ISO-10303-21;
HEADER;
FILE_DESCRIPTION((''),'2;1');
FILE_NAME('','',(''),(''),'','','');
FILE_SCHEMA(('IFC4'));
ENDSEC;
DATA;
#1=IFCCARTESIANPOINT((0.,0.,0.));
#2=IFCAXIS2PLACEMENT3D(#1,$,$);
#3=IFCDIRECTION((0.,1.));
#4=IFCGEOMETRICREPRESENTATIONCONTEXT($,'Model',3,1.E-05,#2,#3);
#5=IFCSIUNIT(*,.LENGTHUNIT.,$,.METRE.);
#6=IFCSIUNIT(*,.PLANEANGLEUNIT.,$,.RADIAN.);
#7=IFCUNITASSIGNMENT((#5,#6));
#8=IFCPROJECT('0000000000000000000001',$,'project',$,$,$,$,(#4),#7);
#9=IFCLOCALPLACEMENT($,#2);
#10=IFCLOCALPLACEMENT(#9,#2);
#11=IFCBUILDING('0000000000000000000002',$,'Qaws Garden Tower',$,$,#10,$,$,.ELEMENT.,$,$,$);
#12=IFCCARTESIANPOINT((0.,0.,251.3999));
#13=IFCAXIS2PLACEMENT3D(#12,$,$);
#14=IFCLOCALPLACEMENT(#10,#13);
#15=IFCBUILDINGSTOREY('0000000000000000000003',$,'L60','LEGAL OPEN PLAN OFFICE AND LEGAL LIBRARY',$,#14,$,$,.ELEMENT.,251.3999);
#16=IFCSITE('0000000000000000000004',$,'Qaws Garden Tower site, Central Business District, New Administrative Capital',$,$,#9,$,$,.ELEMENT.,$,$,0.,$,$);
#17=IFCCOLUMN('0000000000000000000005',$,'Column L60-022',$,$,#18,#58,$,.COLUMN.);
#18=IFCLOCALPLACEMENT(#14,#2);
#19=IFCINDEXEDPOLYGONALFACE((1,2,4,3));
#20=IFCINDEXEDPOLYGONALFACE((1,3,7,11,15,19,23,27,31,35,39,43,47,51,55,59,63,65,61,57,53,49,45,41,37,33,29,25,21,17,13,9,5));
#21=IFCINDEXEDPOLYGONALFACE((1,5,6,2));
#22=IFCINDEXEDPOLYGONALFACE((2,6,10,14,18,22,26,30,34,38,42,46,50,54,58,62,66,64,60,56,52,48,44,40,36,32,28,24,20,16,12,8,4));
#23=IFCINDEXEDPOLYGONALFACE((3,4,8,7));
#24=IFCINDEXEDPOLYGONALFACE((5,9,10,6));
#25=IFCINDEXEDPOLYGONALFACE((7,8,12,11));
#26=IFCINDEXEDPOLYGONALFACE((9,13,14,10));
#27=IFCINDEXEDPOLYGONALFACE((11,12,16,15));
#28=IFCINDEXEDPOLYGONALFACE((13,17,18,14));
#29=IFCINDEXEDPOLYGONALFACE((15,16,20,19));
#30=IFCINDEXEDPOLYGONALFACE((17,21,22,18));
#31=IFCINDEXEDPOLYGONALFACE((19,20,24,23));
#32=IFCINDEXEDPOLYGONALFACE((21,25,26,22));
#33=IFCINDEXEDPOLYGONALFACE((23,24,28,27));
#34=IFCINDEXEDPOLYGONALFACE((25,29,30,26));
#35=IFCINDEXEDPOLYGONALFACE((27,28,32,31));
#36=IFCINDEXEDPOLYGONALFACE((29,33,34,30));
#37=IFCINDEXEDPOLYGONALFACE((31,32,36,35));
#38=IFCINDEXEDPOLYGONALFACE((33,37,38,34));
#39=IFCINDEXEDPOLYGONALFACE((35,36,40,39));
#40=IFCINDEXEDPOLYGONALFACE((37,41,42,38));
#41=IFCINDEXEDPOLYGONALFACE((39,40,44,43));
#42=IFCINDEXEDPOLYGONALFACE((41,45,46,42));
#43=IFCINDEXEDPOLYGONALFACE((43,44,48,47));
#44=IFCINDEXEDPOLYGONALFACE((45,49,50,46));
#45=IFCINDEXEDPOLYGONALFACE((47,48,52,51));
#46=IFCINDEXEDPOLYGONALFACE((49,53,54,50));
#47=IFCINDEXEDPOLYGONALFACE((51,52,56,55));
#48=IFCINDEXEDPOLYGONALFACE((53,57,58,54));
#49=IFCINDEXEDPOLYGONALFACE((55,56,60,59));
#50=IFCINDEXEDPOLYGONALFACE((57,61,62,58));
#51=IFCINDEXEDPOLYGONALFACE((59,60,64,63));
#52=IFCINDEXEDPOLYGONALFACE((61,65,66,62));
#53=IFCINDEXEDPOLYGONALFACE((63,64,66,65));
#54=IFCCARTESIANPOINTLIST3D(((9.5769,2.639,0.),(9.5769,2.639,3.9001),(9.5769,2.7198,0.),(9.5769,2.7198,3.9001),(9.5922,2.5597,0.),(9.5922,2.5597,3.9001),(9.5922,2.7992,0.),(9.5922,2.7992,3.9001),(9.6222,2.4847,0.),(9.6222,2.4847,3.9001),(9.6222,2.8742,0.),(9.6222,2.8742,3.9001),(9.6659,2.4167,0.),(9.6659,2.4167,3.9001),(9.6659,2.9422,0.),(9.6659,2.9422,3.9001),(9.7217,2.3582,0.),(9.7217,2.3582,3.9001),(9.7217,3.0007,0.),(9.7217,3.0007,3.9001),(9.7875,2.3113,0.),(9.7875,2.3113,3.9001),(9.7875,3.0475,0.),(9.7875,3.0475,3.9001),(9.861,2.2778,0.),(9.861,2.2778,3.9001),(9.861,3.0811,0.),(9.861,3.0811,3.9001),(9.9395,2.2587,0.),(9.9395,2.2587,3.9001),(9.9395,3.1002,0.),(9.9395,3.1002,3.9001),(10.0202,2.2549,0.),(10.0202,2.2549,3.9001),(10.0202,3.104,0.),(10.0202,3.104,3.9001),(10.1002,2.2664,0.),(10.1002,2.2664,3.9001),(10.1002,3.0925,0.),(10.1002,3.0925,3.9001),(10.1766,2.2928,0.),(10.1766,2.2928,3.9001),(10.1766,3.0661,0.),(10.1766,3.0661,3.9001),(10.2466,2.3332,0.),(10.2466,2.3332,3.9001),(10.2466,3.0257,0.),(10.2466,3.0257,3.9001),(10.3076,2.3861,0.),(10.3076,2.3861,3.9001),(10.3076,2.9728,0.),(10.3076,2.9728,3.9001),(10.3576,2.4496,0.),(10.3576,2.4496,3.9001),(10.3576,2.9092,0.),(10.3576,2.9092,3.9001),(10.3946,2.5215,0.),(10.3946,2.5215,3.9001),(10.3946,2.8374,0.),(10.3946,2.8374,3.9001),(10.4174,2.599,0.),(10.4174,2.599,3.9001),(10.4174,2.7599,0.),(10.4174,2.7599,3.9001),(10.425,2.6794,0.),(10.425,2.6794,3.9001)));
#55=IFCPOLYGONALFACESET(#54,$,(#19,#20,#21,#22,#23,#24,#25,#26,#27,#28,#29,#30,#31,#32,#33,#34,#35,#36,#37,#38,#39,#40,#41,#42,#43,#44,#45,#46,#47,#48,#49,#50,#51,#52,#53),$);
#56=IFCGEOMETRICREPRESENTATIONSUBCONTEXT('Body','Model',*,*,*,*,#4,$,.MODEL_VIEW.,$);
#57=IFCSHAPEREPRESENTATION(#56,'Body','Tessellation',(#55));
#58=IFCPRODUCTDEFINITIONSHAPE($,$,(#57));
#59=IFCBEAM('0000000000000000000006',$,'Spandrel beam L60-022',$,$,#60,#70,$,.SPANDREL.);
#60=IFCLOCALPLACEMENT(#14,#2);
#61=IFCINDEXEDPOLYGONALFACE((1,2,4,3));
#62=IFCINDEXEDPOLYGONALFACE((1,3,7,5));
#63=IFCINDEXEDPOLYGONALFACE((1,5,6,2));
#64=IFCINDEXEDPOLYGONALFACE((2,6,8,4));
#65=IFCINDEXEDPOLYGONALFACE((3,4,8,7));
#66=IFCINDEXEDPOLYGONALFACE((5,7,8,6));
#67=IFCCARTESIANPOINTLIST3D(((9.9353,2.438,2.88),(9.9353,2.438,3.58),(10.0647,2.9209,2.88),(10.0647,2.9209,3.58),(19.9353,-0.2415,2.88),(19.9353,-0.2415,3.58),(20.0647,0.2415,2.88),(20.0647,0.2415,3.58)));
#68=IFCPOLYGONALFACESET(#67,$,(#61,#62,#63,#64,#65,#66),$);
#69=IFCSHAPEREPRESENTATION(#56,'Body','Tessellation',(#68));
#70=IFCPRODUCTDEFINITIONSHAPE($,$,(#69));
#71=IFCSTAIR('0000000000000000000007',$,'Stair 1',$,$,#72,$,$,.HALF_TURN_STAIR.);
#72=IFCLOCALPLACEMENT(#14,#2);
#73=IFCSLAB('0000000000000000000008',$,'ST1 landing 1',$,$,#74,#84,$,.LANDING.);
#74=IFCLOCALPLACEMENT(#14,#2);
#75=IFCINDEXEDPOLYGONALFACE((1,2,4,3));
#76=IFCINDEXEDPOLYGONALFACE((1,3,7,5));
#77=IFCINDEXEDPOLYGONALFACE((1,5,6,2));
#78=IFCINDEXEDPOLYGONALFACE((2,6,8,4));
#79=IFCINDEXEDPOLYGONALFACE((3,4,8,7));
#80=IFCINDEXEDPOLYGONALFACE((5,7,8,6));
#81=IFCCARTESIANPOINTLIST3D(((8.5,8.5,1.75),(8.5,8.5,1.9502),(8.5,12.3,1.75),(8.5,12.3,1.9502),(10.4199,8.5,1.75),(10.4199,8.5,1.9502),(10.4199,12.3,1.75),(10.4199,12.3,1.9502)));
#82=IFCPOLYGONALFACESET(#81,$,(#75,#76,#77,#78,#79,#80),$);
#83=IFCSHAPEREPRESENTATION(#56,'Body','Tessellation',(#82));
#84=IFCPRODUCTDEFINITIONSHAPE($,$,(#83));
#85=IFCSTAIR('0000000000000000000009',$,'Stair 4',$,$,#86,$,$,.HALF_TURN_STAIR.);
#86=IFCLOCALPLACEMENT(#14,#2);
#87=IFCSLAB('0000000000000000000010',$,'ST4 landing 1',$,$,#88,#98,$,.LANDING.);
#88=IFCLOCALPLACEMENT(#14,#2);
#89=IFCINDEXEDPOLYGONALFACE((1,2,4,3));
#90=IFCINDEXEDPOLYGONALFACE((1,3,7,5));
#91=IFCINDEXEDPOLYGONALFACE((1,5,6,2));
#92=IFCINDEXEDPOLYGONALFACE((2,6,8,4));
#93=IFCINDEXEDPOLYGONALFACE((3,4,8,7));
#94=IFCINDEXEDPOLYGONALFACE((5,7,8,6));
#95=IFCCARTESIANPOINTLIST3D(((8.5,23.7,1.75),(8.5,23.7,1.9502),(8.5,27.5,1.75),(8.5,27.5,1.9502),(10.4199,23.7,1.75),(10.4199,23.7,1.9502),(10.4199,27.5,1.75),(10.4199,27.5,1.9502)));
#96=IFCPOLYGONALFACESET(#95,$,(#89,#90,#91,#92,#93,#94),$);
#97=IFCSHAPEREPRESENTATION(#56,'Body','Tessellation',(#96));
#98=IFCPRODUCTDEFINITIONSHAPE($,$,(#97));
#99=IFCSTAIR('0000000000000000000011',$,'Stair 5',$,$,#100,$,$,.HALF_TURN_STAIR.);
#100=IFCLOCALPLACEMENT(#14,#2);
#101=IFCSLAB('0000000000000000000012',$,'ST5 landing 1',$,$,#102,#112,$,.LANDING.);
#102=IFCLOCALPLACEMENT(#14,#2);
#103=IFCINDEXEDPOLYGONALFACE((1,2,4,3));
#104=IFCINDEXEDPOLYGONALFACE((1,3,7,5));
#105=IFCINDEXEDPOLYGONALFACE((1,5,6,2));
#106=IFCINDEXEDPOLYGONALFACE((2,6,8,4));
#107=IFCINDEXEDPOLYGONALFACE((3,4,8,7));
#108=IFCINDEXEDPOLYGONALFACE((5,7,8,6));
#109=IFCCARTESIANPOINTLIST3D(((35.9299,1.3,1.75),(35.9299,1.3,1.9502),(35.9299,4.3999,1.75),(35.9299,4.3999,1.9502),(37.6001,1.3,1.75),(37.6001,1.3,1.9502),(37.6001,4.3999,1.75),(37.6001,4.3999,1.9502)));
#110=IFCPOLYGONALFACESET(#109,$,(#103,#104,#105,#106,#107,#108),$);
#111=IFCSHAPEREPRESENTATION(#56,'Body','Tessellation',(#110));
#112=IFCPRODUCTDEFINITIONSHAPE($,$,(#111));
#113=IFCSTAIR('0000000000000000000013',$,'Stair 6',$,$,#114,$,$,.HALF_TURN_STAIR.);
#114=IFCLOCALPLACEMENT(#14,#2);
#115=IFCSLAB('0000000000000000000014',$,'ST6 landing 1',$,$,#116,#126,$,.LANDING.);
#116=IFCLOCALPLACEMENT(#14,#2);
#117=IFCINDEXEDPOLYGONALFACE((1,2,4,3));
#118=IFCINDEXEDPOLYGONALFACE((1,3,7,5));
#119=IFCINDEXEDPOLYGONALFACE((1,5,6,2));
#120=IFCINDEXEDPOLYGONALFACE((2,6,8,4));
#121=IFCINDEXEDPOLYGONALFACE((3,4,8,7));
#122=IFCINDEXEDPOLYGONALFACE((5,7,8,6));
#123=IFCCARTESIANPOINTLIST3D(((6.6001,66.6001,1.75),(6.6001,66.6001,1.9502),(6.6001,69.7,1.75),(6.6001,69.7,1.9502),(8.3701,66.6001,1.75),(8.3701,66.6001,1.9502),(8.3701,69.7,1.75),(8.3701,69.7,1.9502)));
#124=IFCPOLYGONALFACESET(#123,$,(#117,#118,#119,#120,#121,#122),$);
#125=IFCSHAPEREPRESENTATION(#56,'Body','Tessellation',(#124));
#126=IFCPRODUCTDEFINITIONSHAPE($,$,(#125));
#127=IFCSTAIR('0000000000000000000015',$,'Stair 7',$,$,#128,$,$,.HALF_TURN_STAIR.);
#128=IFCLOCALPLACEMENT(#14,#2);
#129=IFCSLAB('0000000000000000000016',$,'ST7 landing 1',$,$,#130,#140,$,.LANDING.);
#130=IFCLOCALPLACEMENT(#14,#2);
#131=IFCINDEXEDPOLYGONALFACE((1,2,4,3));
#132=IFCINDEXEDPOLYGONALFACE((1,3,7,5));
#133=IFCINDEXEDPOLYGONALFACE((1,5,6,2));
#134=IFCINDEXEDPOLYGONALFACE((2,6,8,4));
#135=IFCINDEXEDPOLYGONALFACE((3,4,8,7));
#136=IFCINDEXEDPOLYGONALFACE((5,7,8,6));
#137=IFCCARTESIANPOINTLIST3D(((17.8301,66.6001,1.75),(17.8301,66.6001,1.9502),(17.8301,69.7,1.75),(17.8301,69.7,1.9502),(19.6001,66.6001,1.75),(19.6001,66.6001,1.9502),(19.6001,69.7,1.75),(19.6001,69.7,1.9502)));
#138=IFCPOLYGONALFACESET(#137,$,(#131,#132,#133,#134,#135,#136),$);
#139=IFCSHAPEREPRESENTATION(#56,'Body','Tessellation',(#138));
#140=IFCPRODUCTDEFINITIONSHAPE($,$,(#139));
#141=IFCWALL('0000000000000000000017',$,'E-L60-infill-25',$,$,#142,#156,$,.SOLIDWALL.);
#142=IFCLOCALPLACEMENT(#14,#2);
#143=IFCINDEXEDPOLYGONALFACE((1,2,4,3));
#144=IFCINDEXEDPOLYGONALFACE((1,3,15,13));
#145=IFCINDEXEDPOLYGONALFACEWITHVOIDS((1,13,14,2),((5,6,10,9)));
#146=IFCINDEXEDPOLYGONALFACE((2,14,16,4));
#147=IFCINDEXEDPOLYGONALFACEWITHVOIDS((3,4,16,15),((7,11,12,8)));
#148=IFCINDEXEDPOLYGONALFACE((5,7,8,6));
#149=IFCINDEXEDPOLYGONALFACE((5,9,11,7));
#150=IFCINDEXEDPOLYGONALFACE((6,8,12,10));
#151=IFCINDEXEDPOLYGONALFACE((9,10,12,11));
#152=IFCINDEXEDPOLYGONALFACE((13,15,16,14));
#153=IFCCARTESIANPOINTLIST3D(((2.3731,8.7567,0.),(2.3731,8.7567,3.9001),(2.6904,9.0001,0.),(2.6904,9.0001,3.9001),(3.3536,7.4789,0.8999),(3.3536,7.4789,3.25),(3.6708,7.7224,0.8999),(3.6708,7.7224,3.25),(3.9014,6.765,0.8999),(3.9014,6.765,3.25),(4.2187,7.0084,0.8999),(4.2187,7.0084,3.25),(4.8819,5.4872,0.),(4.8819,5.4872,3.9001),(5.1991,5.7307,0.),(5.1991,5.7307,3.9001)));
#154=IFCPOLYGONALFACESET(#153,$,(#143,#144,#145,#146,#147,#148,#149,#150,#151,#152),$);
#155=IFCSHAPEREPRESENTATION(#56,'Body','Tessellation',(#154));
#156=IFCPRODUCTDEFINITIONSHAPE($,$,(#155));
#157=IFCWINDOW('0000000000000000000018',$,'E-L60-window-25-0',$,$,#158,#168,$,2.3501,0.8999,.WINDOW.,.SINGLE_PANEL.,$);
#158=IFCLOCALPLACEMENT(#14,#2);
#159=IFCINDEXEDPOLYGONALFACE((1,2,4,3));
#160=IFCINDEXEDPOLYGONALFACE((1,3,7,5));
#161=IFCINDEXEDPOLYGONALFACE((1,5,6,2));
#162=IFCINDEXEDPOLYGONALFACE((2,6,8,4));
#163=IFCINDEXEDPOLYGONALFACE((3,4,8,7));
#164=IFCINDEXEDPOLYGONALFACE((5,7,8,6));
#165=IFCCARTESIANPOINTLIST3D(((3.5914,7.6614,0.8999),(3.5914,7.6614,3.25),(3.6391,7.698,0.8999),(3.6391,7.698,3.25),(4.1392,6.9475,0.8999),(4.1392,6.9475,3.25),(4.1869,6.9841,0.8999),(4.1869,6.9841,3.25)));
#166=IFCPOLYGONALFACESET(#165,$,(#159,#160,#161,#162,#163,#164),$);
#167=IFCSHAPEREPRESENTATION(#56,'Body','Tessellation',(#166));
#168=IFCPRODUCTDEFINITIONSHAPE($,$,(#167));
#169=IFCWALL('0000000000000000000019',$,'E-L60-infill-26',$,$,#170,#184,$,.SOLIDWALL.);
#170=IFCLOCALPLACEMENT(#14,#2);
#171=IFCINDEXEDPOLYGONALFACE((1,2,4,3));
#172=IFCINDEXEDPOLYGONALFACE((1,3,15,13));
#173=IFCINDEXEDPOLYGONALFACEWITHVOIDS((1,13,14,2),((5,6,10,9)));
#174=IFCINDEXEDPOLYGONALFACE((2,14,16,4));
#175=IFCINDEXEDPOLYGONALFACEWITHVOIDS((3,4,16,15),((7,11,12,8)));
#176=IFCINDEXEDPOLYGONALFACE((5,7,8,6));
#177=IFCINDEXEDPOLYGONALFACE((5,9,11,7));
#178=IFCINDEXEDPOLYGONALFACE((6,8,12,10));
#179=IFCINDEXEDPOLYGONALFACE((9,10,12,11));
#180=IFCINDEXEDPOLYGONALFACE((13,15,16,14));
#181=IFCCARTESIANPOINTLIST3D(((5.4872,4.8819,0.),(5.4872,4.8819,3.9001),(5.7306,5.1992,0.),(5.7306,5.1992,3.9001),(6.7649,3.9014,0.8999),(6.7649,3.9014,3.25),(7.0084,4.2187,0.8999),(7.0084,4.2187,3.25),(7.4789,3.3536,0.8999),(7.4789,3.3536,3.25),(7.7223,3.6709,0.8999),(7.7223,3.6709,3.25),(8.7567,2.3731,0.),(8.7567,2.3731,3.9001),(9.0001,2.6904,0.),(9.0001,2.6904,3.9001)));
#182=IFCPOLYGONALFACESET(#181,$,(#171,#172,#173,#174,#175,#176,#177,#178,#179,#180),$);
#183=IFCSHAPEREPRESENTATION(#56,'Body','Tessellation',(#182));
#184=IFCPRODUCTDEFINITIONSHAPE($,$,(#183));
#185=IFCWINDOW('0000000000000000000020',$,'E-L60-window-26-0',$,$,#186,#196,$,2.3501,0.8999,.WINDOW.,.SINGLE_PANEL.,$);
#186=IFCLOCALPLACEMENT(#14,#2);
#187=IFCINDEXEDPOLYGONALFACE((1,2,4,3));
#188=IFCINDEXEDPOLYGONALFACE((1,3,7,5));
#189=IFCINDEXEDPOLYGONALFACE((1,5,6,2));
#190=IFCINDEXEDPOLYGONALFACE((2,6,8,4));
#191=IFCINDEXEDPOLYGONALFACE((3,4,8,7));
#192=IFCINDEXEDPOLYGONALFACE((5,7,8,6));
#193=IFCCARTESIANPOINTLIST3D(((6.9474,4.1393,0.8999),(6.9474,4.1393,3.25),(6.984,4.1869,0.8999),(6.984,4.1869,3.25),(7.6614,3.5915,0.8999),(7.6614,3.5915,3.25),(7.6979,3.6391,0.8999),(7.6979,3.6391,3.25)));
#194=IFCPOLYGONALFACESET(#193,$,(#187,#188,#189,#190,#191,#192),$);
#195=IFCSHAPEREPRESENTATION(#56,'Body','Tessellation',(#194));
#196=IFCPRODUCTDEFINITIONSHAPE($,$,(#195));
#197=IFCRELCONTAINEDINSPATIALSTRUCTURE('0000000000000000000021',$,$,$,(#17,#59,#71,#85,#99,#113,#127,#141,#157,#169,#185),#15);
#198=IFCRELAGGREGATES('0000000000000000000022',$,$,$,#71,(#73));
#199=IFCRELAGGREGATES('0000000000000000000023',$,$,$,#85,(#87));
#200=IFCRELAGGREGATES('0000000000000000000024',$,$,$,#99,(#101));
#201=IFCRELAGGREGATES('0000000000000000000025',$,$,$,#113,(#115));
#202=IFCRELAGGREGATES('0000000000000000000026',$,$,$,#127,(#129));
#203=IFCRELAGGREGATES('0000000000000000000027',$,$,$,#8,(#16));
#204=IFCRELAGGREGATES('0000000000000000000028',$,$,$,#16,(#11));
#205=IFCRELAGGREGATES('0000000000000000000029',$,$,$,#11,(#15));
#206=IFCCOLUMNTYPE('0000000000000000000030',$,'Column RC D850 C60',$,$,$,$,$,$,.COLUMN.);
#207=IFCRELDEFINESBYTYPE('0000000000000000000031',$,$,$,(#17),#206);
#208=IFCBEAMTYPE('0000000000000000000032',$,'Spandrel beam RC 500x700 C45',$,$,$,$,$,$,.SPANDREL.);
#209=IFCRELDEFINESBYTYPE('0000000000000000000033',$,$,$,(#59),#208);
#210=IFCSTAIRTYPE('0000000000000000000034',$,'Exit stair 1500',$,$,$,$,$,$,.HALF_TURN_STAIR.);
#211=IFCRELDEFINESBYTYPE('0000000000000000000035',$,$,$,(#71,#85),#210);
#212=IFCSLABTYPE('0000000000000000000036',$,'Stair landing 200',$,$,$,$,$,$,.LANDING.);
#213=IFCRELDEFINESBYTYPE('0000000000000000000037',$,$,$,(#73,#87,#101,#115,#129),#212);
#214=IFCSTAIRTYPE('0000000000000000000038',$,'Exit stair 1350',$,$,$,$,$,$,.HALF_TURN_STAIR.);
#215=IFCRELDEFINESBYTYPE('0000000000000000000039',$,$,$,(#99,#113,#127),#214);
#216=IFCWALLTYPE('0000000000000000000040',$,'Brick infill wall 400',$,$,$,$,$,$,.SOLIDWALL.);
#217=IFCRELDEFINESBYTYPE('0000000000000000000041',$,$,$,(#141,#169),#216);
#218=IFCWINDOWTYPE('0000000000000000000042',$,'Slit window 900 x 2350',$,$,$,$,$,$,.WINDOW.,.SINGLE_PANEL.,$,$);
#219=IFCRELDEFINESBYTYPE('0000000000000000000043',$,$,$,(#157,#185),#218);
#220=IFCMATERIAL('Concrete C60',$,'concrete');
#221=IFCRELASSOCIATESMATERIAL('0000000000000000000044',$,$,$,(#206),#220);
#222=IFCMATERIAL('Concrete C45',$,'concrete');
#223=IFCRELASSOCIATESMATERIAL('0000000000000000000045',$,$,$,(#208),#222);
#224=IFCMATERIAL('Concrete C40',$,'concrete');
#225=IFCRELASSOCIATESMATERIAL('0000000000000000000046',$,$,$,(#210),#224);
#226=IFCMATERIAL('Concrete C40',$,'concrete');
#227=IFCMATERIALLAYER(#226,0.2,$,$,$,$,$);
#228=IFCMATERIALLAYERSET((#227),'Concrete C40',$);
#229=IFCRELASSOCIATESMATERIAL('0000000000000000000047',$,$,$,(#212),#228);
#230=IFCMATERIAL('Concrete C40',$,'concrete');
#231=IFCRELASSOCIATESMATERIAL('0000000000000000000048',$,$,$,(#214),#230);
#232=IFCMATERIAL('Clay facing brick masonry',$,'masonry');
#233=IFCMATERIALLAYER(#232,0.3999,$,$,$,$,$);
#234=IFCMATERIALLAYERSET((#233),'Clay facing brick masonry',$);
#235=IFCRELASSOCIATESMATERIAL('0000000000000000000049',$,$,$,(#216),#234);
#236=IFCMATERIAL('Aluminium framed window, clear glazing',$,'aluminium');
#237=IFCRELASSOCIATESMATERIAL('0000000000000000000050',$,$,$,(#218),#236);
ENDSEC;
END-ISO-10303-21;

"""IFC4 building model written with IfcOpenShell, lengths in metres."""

from ifc_helpers import new_model, si_unit, direction, frame, frame_2d, origin, origin_2d, place, context, subcontext, project, spatial, polyline, rectangle, circle, outline, extrude, material, layer, layer_set, material_profile, profile_set, type_object, element, fill, aggregate, save


model = new_model("IFC4")

# Units and contexts
model_context = context("Model", 3, precision=1e-05, world=origin(), true_north=direction((0.0, 1.0)))
body_context = subcontext(model_context, "Body", "Model", "MODEL_VIEW")
ifc_project = project(units=[si_unit("LENGTHUNIT", "METRE"), si_unit("PLANEANGLEUNIT", "RADIAN")], contexts=[model_context])

# Site, building, storey
site_placement = place(None, origin())
site = spatial("IfcSite", under=ifc_project, at=site_placement, Name="Qaws Garden Tower site, Central Business District, New Administrative Capital", CompositionType="ELEMENT", RefElevation=0.0)
building_placement = place(site_placement, origin())
building = spatial("IfcBuilding", under=site, at=building_placement, Name="Qaws Garden Tower", CompositionType="ELEMENT")
storey_placement = place(building_placement, frame((0.0, 0.0, 251.3999)))
storey = spatial("IfcBuildingStorey", under=building, at=storey_placement, Name="L60", Description="LEGAL OPEN PLAN OFFICE AND LEGAL LIBRARY", CompositionType="ELEMENT", Elevation=251.3999)

# Column
ifc_material_1 = material(Name="Concrete C60", Category="concrete")
ifc_material_profile_1 = material_profile(ifc_material_1, circle(Radius=0.425, at=origin_2d()), Name="RC D850")
ifc_profile_set_1 = profile_set([ifc_material_profile_1], Name="Concrete C60")
column_type = type_object("IfcColumnType", Name="Column RC D850 C60", PredefinedType="COLUMN", material=ifc_profile_set_1)
column_placement = place(storey_placement, frame((10.0, 2.6794, 0.0), z_axis=(0.0, 0.0, 1.0), x_axis=(1.0, 0.0, 0.0)))
element("IfcColumn", 1, at=column_placement, inside=storey, type_object=column_type, Name="Column L60-022", PredefinedType="COLUMN", context=body_context, shape_type="SweptSolid", body=[
    extrude(circle(Radius=0.425, at=origin_2d()), origin(), (0.0, 0.0, 1.0), 3.9001),
])

# Beam
ifc_material_2 = material(Name="Concrete C45", Category="concrete")
ifc_material_profile_2 = material_profile(ifc_material_2, rectangle(XDim=0.5, YDim=0.7, at=origin_2d()), Name="RC 500x700")
ifc_profile_set_2 = profile_set([ifc_material_profile_2], Name="Concrete C45")
beam_type = type_object("IfcBeamType", Name="Spandrel beam RC 500x700 C45", PredefinedType="SPANDREL", material=ifc_profile_set_2)
beam_placement = place(storey_placement, frame((10.0, 2.6794, 3.23), z_axis=(0.965927, -0.258815, 0.0), x_axis=(0.258815, 0.965927, 0.0)))
element("IfcBeam", 2, at=beam_placement, inside=storey, type_object=beam_type, Name="Spandrel beam L60-022", PredefinedType="SPANDREL", context=body_context, shape_type="SweptSolid", body=[
    extrude(rectangle(XDim=0.5, YDim=0.7, at=origin_2d()), origin(), (0.0, 0.0, 1.0), 10.3528),
])

# Stairs, slabs
ifc_material_3 = material(Name="Concrete C40", Category="concrete")
stair_type_1 = type_object("IfcStairType", Name="Exit stair 1500", PredefinedType="HALF_TURN_STAIR", material=ifc_material_3)
placement_1 = place(storey_placement, origin())
stair_1 = element("IfcStair", 3, at=placement_1, inside=storey, type_object=stair_type_1, Name="Stair 1", PredefinedType="HALF_TURN_STAIR")
ifc_material_4 = material(Name="Concrete C40", Category="concrete")
ifc_layer_1 = layer(ifc_material_4, 0.2)
ifc_layer_set_1 = layer_set([ifc_layer_1], Name="Concrete C40")
slab_type = type_object("IfcSlabType", Name="Stair landing 200", PredefinedType="LANDING", material=ifc_layer_set_1)
placement_2 = place(storey_placement, frame((0.0, 0.0, 1.75)))
slab_1 = element("IfcSlab", 4, at=placement_2, type_object=slab_type, Name="ST1 landing 1", PredefinedType="LANDING", context=body_context, shape_type="SweptSolid", body=[
    extrude(outline(polyline([(8.5, 8.5), (10.4199, 8.5), (10.4199, 12.3), (8.5, 12.3), (8.5, 8.5)])), origin(), (0.0, 0.0, 1.0), 0.2002),
])
aggregate(stair_1, [slab_1])
stair_2 = element("IfcStair", 5, at=placement_1, inside=storey, type_object=stair_type_1, Name="Stair 4", PredefinedType="HALF_TURN_STAIR")
slab_2 = element("IfcSlab", 6, at=placement_2, type_object=slab_type, Name="ST4 landing 1", PredefinedType="LANDING", context=body_context, shape_type="SweptSolid", body=[
    extrude(outline(polyline([(8.5, 23.7), (10.4199, 23.7), (10.4199, 27.5), (8.5, 27.5), (8.5, 23.7)])), origin(), (0.0, 0.0, 1.0), 0.2002),
])
aggregate(stair_2, [slab_2])
ifc_material_5 = material(Name="Concrete C40", Category="concrete")
stair_type_2 = type_object("IfcStairType", Name="Exit stair 1350", PredefinedType="HALF_TURN_STAIR", material=ifc_material_5)
stair_3 = element("IfcStair", 7, at=placement_1, inside=storey, type_object=stair_type_2, Name="Stair 5", PredefinedType="HALF_TURN_STAIR")
slab_3 = element("IfcSlab", 8, at=placement_2, type_object=slab_type, Name="ST5 landing 1", PredefinedType="LANDING", context=body_context, shape_type="SweptSolid", body=[
    extrude(outline(polyline([(35.9299, 1.3), (37.6001, 1.3), (37.6001, 4.3999), (35.9299, 4.3999), (35.9299, 1.3)])), origin(), (0.0, 0.0, 1.0), 0.2002),
])
aggregate(stair_3, [slab_3])
stair_4 = element("IfcStair", 9, at=placement_1, inside=storey, type_object=stair_type_2, Name="Stair 6", PredefinedType="HALF_TURN_STAIR")
slab_4 = element("IfcSlab", 10, at=placement_2, type_object=slab_type, Name="ST6 landing 1", PredefinedType="LANDING", context=body_context, shape_type="SweptSolid", body=[
    extrude(outline(polyline([(6.6001, 66.6001), (8.3701, 66.6001), (8.3701, 69.7), (6.6001, 69.7), (6.6001, 66.6001)])), origin(), (0.0, 0.0, 1.0), 0.2002),
])
aggregate(stair_4, [slab_4])
stair_5 = element("IfcStair", 11, at=placement_1, inside=storey, type_object=stair_type_2, Name="Stair 7", PredefinedType="HALF_TURN_STAIR")
slab_5 = element("IfcSlab", 12, at=placement_2, type_object=slab_type, Name="ST7 landing 1", PredefinedType="LANDING", context=body_context, shape_type="SweptSolid", body=[
    extrude(outline(polyline([(17.8301, 66.6001), (19.6001, 66.6001), (19.6001, 69.7), (17.8301, 69.7), (17.8301, 66.6001)])), origin(), (0.0, 0.0, 1.0), 0.2002),
])
aggregate(stair_5, [slab_5])

# Walls, openings, windows
ifc_material_6 = material(Name="Clay facing brick masonry", Category="masonry")
ifc_layer_2 = layer(ifc_material_6, 0.3999)
ifc_layer_set_2 = layer_set([ifc_layer_2], Name="Clay facing brick masonry")
wall_type_1 = type_object("IfcWallType", Name="Brick infill wall 400", PredefinedType="SOLIDWALL", material=ifc_layer_set_2)
wall_1_placement = place(storey_placement, frame((2.5317, 8.8784, 0.0), z_axis=(0.0, 0.0, 1.0), x_axis=(0.60876, -0.793355, 0.0)))
wall_1 = element("IfcWall", 13, at=wall_1_placement, inside=storey, type_object=wall_type_1, Name="E-L60-infill-25", PredefinedType="SOLIDWALL", context=body_context, shape_type="SweptSolid", body=[
    extrude(rectangle(XDim=4.1211, YDim=0.3999, at=frame_2d((2.0605, 0.0))), origin(), (0.0, 0.0, 1.0), 3.9001),
])
opening_1_placement = place(wall_1_placement, frame((1.6106, 0.0, 0.8999)))
opening_1 = element("IfcOpeningElement", 14, at=opening_1_placement, cuts=wall_1, PredefinedType="OPENING", context=body_context, shape_type="SweptSolid", body=[
    extrude(rectangle(XDim=0.8999, YDim=2.3501, at=frame_2d((0.45, 1.175))), frame((0.0, 0.21, 0.0), z_axis=(0.0, -1.0, 0.0), x_axis=(1.0, 0.0, 0.0)), (0.0, 0.0, 1.0), 0.4199),
])
ifc_material_7 = material(Name="Aluminium framed window, clear glazing", Category="aluminium")
window_type = type_object("IfcWindowType", Name="Slit window 900 x 2350", PartitioningType="SINGLE_PANEL", PredefinedType="WINDOW", material=ifc_material_7)
window_1_placement = place(opening_1_placement, origin())
window_1 = element("IfcWindow", 15, at=window_1_placement, inside=storey, type_object=window_type, Name="E-L60-window-25-0", OverallHeight=2.3501, OverallWidth=0.8999, PartitioningType="SINGLE_PANEL", PredefinedType="WINDOW", context=body_context, shape_type="SweptSolid", body=[
    extrude(rectangle(XDim=0.8999, YDim=2.3501, at=frame_2d((0.45, 1.175))), frame((0.0, 0.1599, 0.0), z_axis=(0.0, -1.0, 0.0), x_axis=(1.0, 0.0, 0.0)), (0.0, 0.0, 1.0), 0.0601),
])
fill(opening_1, window_1)
wall_2_placement = place(storey_placement, frame((5.6089, 5.0405, 0.0), z_axis=(0.0, 0.0, 1.0), x_axis=(0.793355, -0.60876, 0.0)))
wall_2 = element("IfcWall", 16, at=wall_2_placement, inside=storey, type_object=wall_type_1, Name="E-L60-infill-26", PredefinedType="SOLIDWALL", context=body_context, shape_type="SweptSolid", body=[
    extrude(rectangle(XDim=4.1211, YDim=0.3999, at=frame_2d((2.0605, 0.0))), origin(), (0.0, 0.0, 1.0), 3.9001),
])
opening_2_placement = place(wall_2_placement, frame((1.6106, 0.0, 0.8999)))
opening_2 = element("IfcOpeningElement", 17, at=opening_2_placement, cuts=wall_2, PredefinedType="OPENING", context=body_context, shape_type="SweptSolid", body=[
    extrude(rectangle(XDim=0.8999, YDim=2.3501, at=frame_2d((0.45, 1.175))), frame((0.0, 0.21, 0.0), z_axis=(0.0, -1.0, 0.0), x_axis=(1.0, 0.0, 0.0)), (0.0, 0.0, 1.0), 0.4199),
])
window_2_placement = place(opening_2_placement, origin())
window_2 = element("IfcWindow", 18, at=window_2_placement, inside=storey, type_object=window_type, Name="E-L60-window-26-0", OverallHeight=2.3501, OverallWidth=0.8999, PartitioningType="SINGLE_PANEL", PredefinedType="WINDOW", context=body_context, shape_type="SweptSolid", body=[
    extrude(rectangle(XDim=0.8999, YDim=2.3501, at=frame_2d((0.45, 1.175))), frame((0.0, 0.1599, 0.0), z_axis=(0.0, -1.0, 0.0), x_axis=(1.0, 0.0, 0.0)), (0.0, 0.0, 1.0), 0.0601),
])
fill(opening_2, window_2)

save(model, "model.ifc")
